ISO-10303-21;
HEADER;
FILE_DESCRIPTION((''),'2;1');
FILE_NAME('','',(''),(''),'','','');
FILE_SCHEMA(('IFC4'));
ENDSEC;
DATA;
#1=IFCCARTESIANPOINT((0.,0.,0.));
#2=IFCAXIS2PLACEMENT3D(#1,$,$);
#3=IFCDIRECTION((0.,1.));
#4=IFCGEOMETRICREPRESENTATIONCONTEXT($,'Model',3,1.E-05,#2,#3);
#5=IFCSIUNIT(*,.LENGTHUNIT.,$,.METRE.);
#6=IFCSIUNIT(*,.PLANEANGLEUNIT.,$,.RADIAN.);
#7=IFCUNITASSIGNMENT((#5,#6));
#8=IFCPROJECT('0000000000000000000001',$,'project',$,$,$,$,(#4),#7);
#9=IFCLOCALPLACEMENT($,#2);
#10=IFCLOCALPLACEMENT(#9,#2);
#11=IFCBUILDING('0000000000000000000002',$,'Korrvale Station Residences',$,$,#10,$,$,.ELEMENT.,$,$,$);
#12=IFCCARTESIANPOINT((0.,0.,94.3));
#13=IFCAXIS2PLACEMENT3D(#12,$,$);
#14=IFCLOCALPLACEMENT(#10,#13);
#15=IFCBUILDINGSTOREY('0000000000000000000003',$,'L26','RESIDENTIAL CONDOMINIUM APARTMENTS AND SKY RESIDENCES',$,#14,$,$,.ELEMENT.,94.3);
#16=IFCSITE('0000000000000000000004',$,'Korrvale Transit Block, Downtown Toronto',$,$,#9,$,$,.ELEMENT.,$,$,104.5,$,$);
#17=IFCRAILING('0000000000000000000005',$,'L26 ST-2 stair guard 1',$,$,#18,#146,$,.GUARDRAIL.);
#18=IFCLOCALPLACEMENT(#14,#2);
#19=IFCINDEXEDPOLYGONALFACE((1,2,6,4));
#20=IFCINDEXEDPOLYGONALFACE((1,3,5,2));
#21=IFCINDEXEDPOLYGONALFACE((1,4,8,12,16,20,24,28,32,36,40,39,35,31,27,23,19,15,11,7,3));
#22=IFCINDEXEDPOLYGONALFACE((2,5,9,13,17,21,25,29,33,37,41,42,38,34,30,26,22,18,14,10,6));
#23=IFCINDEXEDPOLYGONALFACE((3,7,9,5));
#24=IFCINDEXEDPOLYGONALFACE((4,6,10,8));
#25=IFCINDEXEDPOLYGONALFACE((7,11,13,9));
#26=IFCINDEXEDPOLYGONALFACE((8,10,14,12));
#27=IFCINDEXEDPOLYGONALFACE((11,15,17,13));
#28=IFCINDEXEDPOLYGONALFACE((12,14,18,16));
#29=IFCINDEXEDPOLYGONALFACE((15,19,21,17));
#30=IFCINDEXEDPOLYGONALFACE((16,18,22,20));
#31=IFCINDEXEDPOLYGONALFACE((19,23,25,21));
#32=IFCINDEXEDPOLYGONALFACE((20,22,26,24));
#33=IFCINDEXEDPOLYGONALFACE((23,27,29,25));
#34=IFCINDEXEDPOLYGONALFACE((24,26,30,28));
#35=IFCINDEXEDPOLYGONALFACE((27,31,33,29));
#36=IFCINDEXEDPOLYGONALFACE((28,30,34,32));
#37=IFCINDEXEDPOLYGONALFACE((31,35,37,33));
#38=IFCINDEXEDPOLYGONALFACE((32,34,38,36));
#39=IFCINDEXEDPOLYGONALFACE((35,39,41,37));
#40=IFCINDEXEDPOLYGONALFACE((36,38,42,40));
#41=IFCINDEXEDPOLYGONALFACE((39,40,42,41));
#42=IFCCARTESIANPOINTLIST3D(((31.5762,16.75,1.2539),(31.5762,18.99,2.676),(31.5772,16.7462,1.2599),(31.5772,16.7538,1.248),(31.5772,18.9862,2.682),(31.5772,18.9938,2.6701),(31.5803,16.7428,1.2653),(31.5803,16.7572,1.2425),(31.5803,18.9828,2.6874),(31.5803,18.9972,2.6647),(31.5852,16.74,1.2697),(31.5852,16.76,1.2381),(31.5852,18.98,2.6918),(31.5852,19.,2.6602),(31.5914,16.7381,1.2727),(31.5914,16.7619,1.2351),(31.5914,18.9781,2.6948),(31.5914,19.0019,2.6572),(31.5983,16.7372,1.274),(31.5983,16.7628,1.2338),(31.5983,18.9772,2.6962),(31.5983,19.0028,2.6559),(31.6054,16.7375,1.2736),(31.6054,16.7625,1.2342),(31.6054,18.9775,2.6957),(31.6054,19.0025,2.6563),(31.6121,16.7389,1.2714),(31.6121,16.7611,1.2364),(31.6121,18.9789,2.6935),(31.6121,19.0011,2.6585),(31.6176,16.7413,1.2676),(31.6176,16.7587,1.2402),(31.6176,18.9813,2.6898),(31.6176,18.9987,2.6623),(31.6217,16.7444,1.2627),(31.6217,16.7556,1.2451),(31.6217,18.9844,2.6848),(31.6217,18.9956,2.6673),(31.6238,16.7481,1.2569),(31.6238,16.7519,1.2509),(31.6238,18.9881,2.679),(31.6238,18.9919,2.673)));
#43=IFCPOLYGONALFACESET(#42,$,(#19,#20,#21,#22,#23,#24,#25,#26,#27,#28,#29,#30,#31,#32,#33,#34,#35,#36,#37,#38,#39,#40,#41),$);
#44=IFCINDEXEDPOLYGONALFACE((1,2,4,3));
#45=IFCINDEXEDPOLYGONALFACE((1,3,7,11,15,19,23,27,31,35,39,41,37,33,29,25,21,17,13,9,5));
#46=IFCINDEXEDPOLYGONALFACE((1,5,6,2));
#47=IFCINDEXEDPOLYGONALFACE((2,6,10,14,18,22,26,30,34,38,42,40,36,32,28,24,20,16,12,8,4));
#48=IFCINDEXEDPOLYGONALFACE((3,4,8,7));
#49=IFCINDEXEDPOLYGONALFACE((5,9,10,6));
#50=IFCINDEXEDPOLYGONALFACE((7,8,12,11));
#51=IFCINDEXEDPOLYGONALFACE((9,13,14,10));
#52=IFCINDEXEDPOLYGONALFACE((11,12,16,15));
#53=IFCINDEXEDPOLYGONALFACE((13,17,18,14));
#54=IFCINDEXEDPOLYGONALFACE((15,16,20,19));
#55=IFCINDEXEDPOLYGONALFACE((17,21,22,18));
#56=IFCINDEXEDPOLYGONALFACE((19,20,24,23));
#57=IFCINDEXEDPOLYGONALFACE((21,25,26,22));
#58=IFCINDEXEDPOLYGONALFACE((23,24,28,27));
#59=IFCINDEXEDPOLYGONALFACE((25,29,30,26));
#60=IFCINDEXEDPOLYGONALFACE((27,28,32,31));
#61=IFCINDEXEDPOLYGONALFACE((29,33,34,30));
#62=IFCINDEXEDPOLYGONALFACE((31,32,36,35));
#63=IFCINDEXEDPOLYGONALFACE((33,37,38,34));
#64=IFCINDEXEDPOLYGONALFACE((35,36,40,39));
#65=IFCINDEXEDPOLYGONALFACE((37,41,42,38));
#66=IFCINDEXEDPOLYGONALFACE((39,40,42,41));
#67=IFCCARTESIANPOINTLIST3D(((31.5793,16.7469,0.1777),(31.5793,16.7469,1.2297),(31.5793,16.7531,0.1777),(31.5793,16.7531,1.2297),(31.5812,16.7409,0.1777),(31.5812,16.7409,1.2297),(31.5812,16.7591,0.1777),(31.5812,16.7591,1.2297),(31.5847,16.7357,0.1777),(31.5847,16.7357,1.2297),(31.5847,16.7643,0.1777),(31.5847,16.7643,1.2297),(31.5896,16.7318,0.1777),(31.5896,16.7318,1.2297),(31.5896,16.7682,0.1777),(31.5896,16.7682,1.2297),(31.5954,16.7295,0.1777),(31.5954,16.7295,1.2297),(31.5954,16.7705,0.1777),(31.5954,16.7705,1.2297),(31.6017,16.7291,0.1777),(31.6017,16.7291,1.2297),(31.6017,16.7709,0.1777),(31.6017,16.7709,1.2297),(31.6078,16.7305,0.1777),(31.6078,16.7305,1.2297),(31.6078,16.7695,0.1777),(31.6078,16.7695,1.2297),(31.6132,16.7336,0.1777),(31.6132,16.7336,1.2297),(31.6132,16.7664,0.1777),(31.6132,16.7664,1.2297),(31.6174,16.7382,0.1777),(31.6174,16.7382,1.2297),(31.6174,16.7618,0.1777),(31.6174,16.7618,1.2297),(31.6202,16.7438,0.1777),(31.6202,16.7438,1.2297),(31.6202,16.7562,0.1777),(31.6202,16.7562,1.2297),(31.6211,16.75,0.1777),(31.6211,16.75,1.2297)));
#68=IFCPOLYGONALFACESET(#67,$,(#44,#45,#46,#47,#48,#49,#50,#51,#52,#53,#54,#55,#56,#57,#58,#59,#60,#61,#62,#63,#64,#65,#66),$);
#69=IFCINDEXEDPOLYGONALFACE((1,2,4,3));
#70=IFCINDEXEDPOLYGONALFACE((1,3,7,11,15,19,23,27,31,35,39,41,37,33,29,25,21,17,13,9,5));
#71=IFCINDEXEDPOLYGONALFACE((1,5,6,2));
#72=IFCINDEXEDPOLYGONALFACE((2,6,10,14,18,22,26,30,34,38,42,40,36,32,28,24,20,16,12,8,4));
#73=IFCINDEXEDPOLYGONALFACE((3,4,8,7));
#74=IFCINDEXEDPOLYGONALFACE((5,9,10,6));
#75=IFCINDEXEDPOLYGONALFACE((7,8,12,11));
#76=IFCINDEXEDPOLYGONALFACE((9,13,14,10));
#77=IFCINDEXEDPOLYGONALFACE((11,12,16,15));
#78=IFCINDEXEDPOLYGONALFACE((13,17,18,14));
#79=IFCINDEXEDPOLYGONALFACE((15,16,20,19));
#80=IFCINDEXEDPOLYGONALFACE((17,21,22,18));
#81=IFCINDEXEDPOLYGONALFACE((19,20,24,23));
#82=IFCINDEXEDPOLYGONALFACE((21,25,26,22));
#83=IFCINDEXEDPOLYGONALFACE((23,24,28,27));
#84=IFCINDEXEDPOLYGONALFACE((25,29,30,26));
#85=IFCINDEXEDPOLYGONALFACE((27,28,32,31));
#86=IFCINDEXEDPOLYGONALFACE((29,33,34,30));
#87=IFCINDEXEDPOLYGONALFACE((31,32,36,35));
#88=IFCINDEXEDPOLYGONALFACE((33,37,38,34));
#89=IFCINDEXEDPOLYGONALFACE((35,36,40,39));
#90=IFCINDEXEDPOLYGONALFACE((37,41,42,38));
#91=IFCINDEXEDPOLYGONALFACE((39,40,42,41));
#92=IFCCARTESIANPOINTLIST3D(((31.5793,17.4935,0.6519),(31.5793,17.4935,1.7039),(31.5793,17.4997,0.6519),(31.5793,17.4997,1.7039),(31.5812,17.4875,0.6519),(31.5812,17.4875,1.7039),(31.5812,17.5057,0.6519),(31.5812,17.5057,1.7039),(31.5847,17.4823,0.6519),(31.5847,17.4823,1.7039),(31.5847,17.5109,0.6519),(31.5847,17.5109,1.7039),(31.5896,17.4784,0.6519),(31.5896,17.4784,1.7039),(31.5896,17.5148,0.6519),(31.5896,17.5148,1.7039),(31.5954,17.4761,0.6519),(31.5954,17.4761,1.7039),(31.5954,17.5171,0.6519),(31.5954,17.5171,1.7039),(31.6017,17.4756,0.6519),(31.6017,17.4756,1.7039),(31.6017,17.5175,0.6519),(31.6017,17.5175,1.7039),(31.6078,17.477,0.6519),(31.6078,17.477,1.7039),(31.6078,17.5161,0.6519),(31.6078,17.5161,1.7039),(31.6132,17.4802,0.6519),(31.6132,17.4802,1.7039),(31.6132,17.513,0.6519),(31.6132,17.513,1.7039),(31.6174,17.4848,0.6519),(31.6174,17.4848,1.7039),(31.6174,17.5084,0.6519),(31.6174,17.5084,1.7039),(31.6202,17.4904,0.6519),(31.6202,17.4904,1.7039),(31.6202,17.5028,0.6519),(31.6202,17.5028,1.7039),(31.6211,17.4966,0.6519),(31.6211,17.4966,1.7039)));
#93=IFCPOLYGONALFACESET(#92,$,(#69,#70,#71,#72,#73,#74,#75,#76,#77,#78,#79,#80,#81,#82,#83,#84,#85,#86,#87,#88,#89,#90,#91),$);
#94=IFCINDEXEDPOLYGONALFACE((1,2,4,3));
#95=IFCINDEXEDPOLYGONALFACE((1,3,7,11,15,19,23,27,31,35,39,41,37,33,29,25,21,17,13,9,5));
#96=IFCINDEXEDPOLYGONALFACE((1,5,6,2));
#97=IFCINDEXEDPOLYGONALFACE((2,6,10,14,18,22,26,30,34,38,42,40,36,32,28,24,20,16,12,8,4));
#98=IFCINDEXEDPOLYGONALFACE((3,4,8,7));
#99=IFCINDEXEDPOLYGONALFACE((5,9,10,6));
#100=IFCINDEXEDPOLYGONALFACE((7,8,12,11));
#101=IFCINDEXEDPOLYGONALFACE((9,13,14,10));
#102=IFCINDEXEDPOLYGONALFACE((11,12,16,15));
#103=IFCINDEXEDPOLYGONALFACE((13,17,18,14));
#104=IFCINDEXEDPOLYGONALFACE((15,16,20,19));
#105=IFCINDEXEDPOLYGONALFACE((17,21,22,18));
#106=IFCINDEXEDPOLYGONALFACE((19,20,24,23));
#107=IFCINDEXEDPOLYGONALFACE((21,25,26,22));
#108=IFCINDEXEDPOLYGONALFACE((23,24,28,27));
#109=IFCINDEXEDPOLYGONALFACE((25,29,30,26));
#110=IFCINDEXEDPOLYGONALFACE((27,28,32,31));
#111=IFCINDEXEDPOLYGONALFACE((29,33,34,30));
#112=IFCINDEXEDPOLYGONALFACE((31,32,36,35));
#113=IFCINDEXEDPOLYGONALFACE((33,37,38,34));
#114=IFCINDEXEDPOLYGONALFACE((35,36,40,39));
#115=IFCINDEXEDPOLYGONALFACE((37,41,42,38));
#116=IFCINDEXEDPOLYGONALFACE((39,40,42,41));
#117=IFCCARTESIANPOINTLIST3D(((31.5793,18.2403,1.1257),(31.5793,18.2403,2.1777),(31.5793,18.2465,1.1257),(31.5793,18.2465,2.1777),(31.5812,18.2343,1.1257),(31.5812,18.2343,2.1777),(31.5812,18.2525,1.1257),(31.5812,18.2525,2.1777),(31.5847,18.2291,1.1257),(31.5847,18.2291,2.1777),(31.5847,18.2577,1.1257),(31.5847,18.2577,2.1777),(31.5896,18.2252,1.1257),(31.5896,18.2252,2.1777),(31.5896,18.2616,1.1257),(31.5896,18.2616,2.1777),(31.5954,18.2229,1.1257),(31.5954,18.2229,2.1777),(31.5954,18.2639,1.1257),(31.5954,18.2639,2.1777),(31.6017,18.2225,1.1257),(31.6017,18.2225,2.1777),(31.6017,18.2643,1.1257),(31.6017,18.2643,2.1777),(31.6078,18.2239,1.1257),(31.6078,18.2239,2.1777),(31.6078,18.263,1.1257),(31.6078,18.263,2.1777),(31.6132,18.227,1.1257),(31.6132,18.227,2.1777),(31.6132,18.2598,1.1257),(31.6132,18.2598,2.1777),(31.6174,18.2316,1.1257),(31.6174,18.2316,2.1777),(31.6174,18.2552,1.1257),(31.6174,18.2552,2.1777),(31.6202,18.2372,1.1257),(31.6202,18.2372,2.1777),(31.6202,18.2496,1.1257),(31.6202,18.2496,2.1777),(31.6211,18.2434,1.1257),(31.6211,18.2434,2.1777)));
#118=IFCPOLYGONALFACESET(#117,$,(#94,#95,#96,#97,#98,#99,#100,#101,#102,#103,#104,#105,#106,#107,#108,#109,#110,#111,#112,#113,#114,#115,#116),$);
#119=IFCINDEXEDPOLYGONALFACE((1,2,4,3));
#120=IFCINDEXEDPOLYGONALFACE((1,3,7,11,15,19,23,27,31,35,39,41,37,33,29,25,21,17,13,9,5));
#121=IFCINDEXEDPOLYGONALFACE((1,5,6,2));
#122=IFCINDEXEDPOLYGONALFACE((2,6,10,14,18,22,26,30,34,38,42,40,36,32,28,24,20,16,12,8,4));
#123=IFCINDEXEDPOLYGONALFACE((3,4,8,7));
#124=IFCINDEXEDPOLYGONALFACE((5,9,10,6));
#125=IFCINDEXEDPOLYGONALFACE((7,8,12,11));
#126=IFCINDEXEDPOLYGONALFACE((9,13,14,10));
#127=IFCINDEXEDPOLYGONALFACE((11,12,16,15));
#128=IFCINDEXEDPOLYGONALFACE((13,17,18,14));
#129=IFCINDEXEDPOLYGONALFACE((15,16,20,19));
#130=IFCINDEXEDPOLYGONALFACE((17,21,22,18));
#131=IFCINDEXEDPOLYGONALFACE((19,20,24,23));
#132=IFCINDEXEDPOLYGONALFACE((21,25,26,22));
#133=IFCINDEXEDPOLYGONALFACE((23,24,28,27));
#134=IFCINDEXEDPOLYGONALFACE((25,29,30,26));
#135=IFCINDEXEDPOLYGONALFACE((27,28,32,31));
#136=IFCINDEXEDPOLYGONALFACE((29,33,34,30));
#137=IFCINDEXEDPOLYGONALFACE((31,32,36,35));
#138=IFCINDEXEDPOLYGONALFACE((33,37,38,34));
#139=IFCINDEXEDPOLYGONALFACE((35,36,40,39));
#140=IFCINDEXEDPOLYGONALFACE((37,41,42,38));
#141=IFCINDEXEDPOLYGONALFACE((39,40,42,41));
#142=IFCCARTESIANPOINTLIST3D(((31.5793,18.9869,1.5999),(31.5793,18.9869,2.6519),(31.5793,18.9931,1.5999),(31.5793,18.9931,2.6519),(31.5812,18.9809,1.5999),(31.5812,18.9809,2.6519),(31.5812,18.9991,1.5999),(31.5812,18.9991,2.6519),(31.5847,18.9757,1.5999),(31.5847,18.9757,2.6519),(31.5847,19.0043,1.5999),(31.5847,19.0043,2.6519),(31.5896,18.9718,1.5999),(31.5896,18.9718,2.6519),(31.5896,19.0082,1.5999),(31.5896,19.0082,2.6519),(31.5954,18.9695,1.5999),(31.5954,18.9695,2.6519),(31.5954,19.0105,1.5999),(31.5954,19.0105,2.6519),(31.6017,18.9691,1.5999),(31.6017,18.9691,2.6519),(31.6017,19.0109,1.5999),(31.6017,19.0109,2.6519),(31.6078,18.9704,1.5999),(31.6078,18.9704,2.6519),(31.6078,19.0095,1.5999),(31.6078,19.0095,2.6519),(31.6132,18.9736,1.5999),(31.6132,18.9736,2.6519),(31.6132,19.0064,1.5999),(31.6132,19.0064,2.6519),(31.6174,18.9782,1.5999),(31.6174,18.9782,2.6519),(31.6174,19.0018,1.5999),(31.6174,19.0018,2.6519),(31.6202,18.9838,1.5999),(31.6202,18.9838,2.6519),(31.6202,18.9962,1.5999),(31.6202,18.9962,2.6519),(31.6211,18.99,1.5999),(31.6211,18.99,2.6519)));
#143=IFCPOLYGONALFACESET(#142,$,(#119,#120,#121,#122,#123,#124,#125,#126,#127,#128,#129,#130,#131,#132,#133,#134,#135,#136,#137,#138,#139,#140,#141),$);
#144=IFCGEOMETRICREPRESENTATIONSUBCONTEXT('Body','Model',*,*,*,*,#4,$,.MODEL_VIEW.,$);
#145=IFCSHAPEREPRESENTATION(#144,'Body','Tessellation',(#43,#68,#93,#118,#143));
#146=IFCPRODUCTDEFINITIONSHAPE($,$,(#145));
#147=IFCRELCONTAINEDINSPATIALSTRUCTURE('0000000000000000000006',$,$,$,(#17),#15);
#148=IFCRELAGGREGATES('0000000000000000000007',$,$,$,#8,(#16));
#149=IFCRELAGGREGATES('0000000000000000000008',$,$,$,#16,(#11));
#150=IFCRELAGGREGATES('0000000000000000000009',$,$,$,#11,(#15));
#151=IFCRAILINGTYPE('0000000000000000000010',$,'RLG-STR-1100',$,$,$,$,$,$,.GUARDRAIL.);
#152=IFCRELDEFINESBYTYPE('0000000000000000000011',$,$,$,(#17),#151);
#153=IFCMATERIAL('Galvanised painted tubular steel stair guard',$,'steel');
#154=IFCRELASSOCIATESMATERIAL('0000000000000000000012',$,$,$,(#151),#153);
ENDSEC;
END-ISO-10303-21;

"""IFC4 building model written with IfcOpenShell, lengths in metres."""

from ifc_helpers import new_model, si_unit, direction, frame, origin, origin_2d, place, context, subcontext, project, spatial, circle, extrude, material, type_object, element, save


model = new_model("IFC4")

# Units and contexts
model_context = context("Model", 3, precision=1e-05, world=origin(), true_north=direction((0.0, 1.0)))
body_context = subcontext(model_context, "Body", "Model", "MODEL_VIEW")
ifc_project = project(units=[si_unit("LENGTHUNIT", "METRE"), si_unit("PLANEANGLEUNIT", "RADIAN")], contexts=[model_context])

# Site, building, storey
site_placement = place(None, origin())
site = spatial("IfcSite", under=ifc_project, at=site_placement, Name="Korrvale Transit Block, Downtown Toronto", CompositionType="ELEMENT", RefElevation=104.5)
building_placement = place(site_placement, origin())
building = spatial("IfcBuilding", under=site, at=building_placement, Name="Korrvale Station Residences", CompositionType="ELEMENT")
storey_placement = place(building_placement, frame((0.0, 0.0, 94.3)))
storey = spatial("IfcBuildingStorey", under=building, at=storey_placement, Name="L26", Description="RESIDENTIAL CONDOMINIUM APARTMENTS AND SKY RESIDENCES", CompositionType="ELEMENT", Elevation=94.3)

# Railing
ifc_material_1 = material(Name="Galvanised painted tubular steel stair guard", Category="steel")
railing_type_1 = type_object("IfcRailingType", Name="RLG-STR-1100", PredefinedType="GUARDRAIL", material=ifc_material_1)
railing_1_placement = place(storey_placement, frame((31.6001, 16.75, 0.1777)))
element("IfcRailing", 1, at=railing_1_placement, inside=storey, type_object=railing_type_1, Name="L26 ST-2 stair guard 1", PredefinedType="GUARDRAIL", context=body_context, shape_type="SweptSolid", body=[
    extrude(circle(Radius=0.0239, at=origin_2d()), frame((0.0, 0.0, 1.0762), z_axis=(0.0, 0.844229, 0.535982), x_axis=(-1.0, 0.0, 0.0)), (0.0, 0.0, 1.0), 2.6533),
    extrude(circle(Radius=0.021, at=origin_2d()), origin(), (0.0, 0.0, 1.0), 1.052),
    extrude(circle(Radius=0.021, at=origin_2d()), frame((0.0, 0.7466, 0.4741)), (0.0, 0.0, 1.0), 1.052),
    extrude(circle(Radius=0.021, at=origin_2d()), frame((0.0, 1.4934, 0.948)), (0.0, 0.0, 1.0), 1.052),
    extrude(circle(Radius=0.021, at=origin_2d()), frame((0.0, 2.24, 1.4221)), (0.0, 0.0, 1.0), 1.052),
])

save(model, "model.ifc")
